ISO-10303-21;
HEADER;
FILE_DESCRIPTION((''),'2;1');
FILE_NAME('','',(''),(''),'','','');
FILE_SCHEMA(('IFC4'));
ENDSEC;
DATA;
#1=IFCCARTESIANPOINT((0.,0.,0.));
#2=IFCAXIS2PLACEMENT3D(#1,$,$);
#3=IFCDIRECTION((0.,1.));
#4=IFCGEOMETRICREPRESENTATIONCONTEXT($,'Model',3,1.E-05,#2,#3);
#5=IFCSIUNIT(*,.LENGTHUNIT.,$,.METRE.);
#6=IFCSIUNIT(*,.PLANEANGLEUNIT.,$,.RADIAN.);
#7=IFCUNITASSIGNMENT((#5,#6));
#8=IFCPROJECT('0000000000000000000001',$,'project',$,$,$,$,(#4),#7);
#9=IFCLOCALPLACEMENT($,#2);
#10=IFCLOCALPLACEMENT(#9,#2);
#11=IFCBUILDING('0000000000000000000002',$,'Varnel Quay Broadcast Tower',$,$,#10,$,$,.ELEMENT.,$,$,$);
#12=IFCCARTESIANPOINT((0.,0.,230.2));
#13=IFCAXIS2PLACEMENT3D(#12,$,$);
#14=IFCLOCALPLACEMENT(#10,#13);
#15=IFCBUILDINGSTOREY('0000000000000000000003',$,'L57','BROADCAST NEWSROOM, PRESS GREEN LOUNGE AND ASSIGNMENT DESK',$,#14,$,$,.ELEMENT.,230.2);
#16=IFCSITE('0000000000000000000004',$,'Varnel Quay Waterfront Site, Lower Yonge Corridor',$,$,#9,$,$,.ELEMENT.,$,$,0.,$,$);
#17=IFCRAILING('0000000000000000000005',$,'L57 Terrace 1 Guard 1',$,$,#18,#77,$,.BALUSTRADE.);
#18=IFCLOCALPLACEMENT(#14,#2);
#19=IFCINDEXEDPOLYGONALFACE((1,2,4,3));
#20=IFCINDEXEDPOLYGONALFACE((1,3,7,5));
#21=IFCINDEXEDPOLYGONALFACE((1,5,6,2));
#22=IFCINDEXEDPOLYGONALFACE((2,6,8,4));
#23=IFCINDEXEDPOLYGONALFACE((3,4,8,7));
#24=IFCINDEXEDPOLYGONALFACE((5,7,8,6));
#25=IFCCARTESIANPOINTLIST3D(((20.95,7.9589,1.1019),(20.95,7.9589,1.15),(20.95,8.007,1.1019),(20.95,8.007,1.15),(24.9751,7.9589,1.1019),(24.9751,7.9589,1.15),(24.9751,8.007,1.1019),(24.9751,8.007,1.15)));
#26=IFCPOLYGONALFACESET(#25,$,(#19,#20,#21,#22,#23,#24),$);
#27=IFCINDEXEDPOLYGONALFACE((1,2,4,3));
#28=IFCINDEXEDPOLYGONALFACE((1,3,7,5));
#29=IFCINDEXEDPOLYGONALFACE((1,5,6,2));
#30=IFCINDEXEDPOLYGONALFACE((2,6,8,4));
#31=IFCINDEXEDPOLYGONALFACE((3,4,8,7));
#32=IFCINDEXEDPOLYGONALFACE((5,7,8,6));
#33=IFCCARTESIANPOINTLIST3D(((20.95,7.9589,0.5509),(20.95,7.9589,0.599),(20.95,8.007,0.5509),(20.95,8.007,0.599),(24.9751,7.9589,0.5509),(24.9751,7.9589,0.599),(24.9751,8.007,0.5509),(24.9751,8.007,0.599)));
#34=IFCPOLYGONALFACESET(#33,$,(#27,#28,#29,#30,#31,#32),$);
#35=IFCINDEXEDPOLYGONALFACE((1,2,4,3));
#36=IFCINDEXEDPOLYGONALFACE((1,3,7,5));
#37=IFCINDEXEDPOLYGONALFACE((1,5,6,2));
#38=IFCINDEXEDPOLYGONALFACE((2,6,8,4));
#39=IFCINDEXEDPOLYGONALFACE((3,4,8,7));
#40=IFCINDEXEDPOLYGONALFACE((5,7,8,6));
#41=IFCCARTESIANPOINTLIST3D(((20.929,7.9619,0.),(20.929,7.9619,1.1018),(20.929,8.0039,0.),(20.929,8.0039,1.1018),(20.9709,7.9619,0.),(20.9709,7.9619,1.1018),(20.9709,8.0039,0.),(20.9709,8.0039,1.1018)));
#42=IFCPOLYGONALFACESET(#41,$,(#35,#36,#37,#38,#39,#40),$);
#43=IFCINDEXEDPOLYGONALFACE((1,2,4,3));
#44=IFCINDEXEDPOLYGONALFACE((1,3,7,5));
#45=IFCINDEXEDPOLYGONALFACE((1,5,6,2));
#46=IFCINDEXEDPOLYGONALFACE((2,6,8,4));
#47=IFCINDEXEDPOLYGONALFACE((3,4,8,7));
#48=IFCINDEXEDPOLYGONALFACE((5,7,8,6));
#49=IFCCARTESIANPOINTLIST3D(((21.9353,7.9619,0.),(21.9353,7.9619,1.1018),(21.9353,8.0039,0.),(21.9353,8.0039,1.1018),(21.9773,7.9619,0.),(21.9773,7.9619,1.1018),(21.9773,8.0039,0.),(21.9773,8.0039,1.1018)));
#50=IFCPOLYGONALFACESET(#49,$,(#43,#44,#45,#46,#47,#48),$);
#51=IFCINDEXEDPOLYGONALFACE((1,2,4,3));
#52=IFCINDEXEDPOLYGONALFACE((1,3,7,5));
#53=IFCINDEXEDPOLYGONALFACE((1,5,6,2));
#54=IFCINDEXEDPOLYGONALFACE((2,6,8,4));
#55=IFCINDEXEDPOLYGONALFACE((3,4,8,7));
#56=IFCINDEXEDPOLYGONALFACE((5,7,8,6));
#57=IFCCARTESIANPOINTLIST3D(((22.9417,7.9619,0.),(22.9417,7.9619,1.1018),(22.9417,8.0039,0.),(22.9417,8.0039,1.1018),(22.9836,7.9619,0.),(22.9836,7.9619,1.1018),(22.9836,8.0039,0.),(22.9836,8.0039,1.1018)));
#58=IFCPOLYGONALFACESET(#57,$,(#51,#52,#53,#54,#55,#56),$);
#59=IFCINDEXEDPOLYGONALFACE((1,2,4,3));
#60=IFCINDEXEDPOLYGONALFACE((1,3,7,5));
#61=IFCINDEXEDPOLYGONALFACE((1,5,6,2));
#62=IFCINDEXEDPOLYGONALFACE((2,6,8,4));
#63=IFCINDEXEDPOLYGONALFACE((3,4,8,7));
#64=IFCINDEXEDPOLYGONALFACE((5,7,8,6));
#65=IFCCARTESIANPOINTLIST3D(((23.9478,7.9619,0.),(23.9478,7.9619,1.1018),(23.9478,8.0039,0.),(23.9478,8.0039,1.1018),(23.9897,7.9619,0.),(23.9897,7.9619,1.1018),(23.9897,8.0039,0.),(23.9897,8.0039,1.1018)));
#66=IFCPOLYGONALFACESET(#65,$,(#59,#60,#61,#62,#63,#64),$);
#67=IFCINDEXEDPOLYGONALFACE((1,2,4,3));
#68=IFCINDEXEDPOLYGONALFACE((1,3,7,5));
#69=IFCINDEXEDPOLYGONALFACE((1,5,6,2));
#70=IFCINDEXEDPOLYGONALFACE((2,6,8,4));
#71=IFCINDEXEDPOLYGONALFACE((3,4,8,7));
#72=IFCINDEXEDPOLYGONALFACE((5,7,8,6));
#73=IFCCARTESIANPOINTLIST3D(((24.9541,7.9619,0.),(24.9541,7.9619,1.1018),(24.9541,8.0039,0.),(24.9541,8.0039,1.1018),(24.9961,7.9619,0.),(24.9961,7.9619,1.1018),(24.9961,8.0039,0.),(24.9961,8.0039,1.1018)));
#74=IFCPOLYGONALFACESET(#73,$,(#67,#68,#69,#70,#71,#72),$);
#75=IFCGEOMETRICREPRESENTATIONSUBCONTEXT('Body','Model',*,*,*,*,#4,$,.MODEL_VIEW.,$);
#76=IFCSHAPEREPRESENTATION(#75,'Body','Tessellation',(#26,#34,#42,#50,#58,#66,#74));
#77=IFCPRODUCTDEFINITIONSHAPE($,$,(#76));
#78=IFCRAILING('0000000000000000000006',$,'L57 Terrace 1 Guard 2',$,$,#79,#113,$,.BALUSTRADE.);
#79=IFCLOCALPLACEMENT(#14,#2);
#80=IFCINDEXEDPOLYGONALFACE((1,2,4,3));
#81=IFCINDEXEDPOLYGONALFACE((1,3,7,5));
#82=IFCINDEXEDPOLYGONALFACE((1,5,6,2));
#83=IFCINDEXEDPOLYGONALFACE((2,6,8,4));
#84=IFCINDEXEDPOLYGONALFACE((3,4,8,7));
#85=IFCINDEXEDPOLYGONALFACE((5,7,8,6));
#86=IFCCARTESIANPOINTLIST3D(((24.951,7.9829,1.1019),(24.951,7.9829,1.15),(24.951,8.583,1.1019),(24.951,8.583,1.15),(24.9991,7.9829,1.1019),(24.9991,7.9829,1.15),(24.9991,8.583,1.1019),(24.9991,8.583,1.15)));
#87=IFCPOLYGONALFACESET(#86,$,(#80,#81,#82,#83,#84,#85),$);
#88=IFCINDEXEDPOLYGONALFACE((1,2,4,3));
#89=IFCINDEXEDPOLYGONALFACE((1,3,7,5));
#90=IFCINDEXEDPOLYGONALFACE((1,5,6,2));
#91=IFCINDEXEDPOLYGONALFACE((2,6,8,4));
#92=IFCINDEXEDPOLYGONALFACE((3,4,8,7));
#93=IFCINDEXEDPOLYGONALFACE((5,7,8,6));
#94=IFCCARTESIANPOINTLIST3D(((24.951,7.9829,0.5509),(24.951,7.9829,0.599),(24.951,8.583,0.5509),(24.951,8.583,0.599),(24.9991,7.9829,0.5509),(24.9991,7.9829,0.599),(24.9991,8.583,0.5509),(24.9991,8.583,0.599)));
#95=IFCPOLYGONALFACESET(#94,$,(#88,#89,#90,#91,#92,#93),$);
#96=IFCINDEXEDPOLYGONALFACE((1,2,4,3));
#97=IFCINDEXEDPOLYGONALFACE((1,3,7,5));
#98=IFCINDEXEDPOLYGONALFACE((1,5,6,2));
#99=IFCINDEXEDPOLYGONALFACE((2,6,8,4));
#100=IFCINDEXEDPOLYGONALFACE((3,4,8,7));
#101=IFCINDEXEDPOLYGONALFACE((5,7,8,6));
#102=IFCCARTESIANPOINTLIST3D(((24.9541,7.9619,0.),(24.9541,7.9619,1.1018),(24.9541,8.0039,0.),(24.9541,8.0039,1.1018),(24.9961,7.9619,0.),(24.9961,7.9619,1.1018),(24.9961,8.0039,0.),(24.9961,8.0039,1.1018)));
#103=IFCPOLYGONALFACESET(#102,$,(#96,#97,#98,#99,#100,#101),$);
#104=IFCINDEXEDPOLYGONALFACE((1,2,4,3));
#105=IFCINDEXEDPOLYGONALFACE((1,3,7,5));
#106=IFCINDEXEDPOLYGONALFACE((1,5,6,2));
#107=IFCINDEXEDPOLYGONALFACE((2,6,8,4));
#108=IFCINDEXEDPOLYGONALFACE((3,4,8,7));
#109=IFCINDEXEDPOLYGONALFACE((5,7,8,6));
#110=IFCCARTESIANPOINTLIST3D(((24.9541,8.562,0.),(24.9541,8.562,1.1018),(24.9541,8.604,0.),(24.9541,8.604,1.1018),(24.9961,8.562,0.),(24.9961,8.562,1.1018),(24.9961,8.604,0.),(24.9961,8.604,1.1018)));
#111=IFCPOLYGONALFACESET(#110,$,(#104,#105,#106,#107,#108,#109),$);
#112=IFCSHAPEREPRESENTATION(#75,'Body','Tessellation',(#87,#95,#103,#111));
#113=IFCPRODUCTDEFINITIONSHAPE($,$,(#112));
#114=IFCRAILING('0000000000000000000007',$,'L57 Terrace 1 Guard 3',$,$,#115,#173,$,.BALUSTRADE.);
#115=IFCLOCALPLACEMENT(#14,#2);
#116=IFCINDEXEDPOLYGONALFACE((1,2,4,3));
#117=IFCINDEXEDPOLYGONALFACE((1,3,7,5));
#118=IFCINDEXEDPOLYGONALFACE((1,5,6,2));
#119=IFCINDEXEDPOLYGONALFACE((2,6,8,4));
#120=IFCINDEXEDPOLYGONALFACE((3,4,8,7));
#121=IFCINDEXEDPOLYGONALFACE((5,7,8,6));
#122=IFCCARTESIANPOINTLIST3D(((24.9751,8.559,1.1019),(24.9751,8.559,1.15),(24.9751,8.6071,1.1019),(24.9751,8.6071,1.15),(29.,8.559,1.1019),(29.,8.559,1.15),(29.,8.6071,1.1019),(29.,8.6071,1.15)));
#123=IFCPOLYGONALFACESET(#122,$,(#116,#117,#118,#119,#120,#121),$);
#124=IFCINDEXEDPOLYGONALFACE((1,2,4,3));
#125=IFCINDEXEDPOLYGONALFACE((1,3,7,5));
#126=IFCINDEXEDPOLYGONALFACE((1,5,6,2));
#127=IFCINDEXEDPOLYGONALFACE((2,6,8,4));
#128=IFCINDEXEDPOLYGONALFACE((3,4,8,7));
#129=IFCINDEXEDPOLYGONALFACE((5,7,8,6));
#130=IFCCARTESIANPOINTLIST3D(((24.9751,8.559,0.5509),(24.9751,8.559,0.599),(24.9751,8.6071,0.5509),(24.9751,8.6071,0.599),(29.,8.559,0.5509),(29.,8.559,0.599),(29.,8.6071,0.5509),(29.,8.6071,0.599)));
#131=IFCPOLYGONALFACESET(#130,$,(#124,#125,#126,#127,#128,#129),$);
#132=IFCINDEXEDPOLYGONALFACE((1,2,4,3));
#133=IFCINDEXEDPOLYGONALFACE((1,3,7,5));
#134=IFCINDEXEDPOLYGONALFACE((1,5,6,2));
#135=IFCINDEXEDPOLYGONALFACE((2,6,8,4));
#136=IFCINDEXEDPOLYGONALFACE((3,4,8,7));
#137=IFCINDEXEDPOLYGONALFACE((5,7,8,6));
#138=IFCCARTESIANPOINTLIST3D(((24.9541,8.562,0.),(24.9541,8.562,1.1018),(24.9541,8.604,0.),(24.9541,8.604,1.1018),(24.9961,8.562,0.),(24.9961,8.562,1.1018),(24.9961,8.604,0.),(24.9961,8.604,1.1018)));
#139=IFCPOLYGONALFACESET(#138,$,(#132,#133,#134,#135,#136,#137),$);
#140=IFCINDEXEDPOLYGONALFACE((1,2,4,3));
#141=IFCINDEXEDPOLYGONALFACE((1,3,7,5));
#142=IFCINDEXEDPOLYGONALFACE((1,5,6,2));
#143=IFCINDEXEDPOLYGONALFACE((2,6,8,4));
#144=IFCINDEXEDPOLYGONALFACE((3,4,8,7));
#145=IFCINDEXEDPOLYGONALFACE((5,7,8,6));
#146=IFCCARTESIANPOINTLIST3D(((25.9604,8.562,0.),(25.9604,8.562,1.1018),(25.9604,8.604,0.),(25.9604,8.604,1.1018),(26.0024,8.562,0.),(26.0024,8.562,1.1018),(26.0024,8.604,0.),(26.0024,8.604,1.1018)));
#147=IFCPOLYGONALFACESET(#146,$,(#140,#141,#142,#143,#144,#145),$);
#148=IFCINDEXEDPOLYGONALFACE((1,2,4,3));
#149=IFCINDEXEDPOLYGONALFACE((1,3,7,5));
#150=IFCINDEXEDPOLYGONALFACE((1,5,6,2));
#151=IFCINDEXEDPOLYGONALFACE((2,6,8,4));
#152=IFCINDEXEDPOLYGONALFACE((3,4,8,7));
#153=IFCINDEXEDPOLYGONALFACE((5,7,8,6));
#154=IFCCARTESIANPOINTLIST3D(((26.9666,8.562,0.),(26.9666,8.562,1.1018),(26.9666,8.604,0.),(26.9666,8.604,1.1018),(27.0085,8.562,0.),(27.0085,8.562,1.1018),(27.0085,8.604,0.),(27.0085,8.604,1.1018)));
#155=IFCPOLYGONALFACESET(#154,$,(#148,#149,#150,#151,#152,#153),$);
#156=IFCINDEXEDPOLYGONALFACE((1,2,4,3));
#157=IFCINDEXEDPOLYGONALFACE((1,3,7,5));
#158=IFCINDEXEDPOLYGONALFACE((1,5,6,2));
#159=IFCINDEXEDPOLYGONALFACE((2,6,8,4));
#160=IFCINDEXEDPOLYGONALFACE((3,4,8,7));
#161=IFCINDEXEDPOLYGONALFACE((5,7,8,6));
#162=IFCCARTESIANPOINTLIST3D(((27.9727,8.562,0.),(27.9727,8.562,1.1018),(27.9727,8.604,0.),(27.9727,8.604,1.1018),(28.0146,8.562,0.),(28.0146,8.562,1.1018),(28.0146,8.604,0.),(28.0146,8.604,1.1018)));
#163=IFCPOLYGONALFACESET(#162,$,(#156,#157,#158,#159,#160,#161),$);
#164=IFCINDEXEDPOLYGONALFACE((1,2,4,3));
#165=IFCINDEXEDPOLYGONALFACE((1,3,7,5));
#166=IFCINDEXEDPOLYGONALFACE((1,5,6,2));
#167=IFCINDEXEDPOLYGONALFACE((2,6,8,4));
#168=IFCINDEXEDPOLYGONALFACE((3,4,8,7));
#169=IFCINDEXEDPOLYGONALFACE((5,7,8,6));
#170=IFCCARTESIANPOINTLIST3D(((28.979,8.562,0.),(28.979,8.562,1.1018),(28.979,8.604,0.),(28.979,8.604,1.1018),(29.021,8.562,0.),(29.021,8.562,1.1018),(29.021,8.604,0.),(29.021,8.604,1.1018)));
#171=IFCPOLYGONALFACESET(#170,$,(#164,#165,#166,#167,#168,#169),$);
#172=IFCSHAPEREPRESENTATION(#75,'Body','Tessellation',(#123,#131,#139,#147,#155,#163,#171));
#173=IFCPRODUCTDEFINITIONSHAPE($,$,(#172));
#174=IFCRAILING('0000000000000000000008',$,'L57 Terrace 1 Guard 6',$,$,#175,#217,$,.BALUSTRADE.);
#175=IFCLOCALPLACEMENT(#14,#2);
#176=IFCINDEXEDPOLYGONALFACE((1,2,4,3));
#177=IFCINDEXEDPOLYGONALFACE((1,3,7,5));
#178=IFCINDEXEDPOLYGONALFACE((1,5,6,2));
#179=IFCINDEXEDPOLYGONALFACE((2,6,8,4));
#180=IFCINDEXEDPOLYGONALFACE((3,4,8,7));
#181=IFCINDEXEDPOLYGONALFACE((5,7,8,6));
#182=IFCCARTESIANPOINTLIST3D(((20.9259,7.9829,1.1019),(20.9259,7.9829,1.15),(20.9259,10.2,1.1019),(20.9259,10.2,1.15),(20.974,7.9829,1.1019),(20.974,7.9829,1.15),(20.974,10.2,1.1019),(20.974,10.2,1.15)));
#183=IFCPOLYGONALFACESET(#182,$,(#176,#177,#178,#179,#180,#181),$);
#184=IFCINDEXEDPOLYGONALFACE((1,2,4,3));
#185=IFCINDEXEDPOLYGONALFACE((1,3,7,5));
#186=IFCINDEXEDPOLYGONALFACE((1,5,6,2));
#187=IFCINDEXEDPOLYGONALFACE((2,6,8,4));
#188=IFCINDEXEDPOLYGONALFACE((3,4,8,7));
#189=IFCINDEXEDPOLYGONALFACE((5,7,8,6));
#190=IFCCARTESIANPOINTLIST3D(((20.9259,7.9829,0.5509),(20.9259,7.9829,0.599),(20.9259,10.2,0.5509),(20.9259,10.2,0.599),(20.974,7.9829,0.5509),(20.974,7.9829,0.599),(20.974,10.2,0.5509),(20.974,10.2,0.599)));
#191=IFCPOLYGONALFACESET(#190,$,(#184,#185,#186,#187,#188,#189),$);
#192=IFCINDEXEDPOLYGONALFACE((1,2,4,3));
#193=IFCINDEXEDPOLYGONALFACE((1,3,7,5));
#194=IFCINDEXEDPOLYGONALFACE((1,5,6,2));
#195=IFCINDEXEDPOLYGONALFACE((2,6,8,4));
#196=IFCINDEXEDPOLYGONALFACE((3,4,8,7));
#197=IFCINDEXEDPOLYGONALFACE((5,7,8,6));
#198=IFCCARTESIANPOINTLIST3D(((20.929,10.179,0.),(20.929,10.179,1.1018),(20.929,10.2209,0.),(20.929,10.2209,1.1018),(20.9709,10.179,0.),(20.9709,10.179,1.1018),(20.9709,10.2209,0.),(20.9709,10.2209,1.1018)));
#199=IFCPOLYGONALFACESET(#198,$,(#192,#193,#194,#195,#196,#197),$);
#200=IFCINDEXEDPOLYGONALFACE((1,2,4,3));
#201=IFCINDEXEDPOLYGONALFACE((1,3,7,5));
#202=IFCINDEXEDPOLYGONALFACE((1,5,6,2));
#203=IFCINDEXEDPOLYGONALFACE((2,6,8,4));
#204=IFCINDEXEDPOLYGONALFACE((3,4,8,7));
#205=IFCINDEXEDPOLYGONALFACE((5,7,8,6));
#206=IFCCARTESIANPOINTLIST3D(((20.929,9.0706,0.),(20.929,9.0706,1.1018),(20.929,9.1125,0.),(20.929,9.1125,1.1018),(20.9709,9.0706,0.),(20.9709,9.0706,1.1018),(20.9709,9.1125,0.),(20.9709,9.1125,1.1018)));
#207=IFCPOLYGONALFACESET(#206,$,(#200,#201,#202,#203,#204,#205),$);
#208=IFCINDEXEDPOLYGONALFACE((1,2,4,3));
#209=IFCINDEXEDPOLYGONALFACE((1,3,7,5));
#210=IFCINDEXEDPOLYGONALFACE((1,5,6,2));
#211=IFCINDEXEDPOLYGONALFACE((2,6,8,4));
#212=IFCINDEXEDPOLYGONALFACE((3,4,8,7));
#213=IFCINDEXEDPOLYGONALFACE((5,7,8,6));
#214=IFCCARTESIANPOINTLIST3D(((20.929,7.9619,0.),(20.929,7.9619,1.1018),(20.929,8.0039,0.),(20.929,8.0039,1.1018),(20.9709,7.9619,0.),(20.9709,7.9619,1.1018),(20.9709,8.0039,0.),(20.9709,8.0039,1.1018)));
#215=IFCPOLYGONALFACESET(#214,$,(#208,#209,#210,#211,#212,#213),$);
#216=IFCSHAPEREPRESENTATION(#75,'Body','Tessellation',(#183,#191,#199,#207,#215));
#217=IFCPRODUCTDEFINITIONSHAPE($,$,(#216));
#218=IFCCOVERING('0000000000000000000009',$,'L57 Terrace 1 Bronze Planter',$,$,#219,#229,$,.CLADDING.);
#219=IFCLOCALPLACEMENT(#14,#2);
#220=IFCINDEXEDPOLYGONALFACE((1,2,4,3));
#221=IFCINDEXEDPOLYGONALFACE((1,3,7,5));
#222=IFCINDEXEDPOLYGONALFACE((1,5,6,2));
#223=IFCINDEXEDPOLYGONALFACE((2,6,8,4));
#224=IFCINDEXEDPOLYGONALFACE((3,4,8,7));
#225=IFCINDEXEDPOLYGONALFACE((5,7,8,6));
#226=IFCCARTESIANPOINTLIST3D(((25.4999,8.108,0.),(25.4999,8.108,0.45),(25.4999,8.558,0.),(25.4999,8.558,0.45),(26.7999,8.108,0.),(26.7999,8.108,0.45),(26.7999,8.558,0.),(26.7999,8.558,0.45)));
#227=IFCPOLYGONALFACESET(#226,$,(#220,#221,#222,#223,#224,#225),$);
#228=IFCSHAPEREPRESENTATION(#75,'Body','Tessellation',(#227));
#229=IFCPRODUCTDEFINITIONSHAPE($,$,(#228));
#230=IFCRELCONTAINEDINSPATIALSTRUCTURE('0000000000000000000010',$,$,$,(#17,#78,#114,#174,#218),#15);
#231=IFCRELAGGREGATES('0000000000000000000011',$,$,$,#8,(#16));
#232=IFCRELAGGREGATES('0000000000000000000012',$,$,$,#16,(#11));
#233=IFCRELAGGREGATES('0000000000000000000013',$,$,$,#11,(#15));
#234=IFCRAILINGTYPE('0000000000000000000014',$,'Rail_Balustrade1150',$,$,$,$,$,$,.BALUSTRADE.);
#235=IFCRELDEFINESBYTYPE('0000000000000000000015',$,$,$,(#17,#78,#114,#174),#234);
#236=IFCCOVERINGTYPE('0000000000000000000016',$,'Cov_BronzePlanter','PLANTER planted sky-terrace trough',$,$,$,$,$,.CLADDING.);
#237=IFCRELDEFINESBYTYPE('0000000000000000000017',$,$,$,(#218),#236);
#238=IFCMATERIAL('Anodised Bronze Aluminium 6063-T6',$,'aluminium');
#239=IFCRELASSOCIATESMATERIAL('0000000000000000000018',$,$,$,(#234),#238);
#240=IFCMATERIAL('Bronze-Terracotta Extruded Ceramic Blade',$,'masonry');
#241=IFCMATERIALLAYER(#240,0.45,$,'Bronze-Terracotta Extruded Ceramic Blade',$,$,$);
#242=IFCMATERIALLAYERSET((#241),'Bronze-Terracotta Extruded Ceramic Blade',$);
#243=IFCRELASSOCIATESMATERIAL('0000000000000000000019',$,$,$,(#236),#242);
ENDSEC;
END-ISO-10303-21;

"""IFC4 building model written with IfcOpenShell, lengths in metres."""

from ifc_helpers import new_model, si_unit, direction, frame, origin, origin_2d, place, context, subcontext, project, spatial, rectangle, extrude, source, transform, mapped, material, layer, layer_set, type_object, type_shapes, element, save


model = new_model("IFC4")

# Units and contexts
model_context = context("Model", 3, precision=1e-05, world=origin(), true_north=direction((0.0, 1.0)))
body_context = subcontext(model_context, "Body", "Model", "MODEL_VIEW")
ifc_project = project(units=[si_unit("LENGTHUNIT", "METRE"), si_unit("PLANEANGLEUNIT", "RADIAN")], contexts=[model_context])

# Site, building, storey
site_placement = place(None, origin())
site = spatial("IfcSite", under=ifc_project, at=site_placement, Name="Varnel Quay Waterfront Site, Lower Yonge Corridor", CompositionType="ELEMENT", RefElevation=0.0)
building_placement = place(site_placement, origin())
building = spatial("IfcBuilding", under=site, at=building_placement, Name="Varnel Quay Broadcast Tower", CompositionType="ELEMENT")
storey_placement = place(building_placement, frame((0.0, 0.0, 230.2)))
storey = spatial("IfcBuildingStorey", under=building, at=storey_placement, Name="L57", Description="BROADCAST NEWSROOM, PRESS GREEN LOUNGE AND ASSIGNMENT DESK", CompositionType="ELEMENT", Elevation=230.2)

# Shared definitions
ifc_material_1 = material(Name="Anodised Bronze Aluminium 6063-T6", Category="aluminium")

# Railings
railing_type = type_object("IfcRailingType", Name="Rail_Balustrade1150", PredefinedType="BALUSTRADE", material=ifc_material_1)
railing_1_placement = place(storey_placement, frame((20.95, 7.9829, 0.0)))
element("IfcRailing", 1, at=railing_1_placement, inside=storey, type_object=railing_type, Name="L57 Terrace 1 Guard 1", PredefinedType="BALUSTRADE", context=body_context, shape_type="SweptSolid", body=[
    extrude(rectangle(XDim=0.0481, YDim=0.0481, at=origin_2d()), frame((0.0, 0.0, 1.126), z_axis=(1.0, 0.0, 0.0), x_axis=(0.0, 1.0, 0.0)), (0.0, 0.0, 1.0), 4.0251),
    extrude(rectangle(XDim=0.0481, YDim=0.0481, at=origin_2d()), frame((0.0, 0.0, 0.575), z_axis=(1.0, 0.0, 0.0), x_axis=(0.0, 1.0, 0.0)), (0.0, 0.0, 1.0), 4.0251),
    extrude(rectangle(XDim=0.042, YDim=0.042, at=origin_2d()), origin(), (0.0, 0.0, 1.0), 1.1018),
    extrude(rectangle(XDim=0.042, YDim=0.042, at=origin_2d()), frame((1.0063, 0.0, 0.0)), (0.0, 0.0, 1.0), 1.1018),
    extrude(rectangle(XDim=0.042, YDim=0.042, at=origin_2d()), frame((2.0127, 0.0, 0.0)), (0.0, 0.0, 1.0), 1.1018),
    extrude(rectangle(XDim=0.042, YDim=0.042, at=origin_2d()), frame((3.0188, 0.0, 0.0)), (0.0, 0.0, 1.0), 1.1018),
    extrude(rectangle(XDim=0.042, YDim=0.042, at=origin_2d()), frame((4.0251, 0.0, 0.0)), (0.0, 0.0, 1.0), 1.1018),
])
railing_2_placement = place(storey_placement, frame((24.9751, 7.9829, 0.0)))
element("IfcRailing", 2, at=railing_2_placement, inside=storey, type_object=railing_type, Name="L57 Terrace 1 Guard 2", PredefinedType="BALUSTRADE", context=body_context, shape_type="SweptSolid", body=[
    extrude(rectangle(XDim=0.0481, YDim=0.0481, at=origin_2d()), frame((0.0, 0.0, 1.126), z_axis=(0.0, 1.0, 0.0), x_axis=(-1.0, 0.0, 0.0)), (0.0, 0.0, 1.0), 0.6001),
    extrude(rectangle(XDim=0.0481, YDim=0.0481, at=origin_2d()), frame((0.0, 0.0, 0.575), z_axis=(0.0, 1.0, 0.0), x_axis=(-1.0, 0.0, 0.0)), (0.0, 0.0, 1.0), 0.6001),
    extrude(rectangle(XDim=0.042, YDim=0.042, at=origin_2d()), origin(), (0.0, 0.0, 1.0), 1.1018),
    extrude(rectangle(XDim=0.042, YDim=0.042, at=origin_2d()), frame((0.0, 0.6001, 0.0)), (0.0, 0.0, 1.0), 1.1018),
])
railing_3_placement = place(storey_placement, frame((24.9751, 8.583, 0.0)))
element("IfcRailing", 3, at=railing_3_placement, inside=storey, type_object=railing_type, Name="L57 Terrace 1 Guard 3", PredefinedType="BALUSTRADE", context=body_context, shape_type="SweptSolid", body=[
    extrude(rectangle(XDim=0.0481, YDim=0.0481, at=origin_2d()), frame((0.0, 0.0, 1.126), z_axis=(1.0, 0.0, 0.0), x_axis=(0.0, 1.0, 0.0)), (0.0, 0.0, 1.0), 4.0249),
    extrude(rectangle(XDim=0.0481, YDim=0.0481, at=origin_2d()), frame((0.0, 0.0, 0.575), z_axis=(1.0, 0.0, 0.0), x_axis=(0.0, 1.0, 0.0)), (0.0, 0.0, 1.0), 4.0249),
    extrude(rectangle(XDim=0.042, YDim=0.042, at=origin_2d()), origin(), (0.0, 0.0, 1.0), 1.1018),
    extrude(rectangle(XDim=0.042, YDim=0.042, at=origin_2d()), frame((1.0063, 0.0, 0.0)), (0.0, 0.0, 1.0), 1.1018),
    extrude(rectangle(XDim=0.042, YDim=0.042, at=origin_2d()), frame((2.0125, 0.0, 0.0)), (0.0, 0.0, 1.0), 1.1018),
    extrude(rectangle(XDim=0.042, YDim=0.042, at=origin_2d()), frame((3.0186, 0.0, 0.0)), (0.0, 0.0, 1.0), 1.1018),
    extrude(rectangle(XDim=0.042, YDim=0.042, at=origin_2d()), frame((4.0249, 0.0, 0.0)), (0.0, 0.0, 1.0), 1.1018),
])
railing_4_placement = place(storey_placement, frame((20.95, 10.2, 0.0)))
element("IfcRailing", 4, at=railing_4_placement, inside=storey, type_object=railing_type, Name="L57 Terrace 1 Guard 6", PredefinedType="BALUSTRADE", context=body_context, shape_type="SweptSolid", body=[
    extrude(rectangle(XDim=0.0481, YDim=0.0481, at=origin_2d()), frame((0.0, 0.0, 1.126), z_axis=(0.0, -1.0, 0.0), x_axis=(1.0, 0.0, 0.0)), (0.0, 0.0, 1.0), 2.217),
    extrude(rectangle(XDim=0.0481, YDim=0.0481, at=origin_2d()), frame((0.0, 0.0, 0.575), z_axis=(0.0, -1.0, 0.0), x_axis=(1.0, 0.0, 0.0)), (0.0, 0.0, 1.0), 2.217),
    extrude(rectangle(XDim=0.042, YDim=0.042, at=origin_2d()), origin(), (0.0, 0.0, 1.0), 1.1018),
    extrude(rectangle(XDim=0.042, YDim=0.042, at=origin_2d()), frame((0.0, -1.1084, 0.0)), (0.0, 0.0, 1.0), 1.1018),
    extrude(rectangle(XDim=0.042, YDim=0.042, at=origin_2d()), frame((0.0, -2.217, 0.0)), (0.0, 0.0, 1.0), 1.1018),
])

# Covering
ifc_material_2 = material(Name="Bronze-Terracotta Extruded Ceramic Blade", Category="masonry")
ifc_layer_1 = layer(ifc_material_2, 0.45, Name="Bronze-Terracotta Extruded Ceramic Blade")
ifc_layer_set_1 = layer_set([ifc_layer_1], Name="Bronze-Terracotta Extruded Ceramic Blade")
covering_type = type_object("IfcCoveringType", Name="Cov_BronzePlanter", Description="PLANTER planted sky-terrace trough", PredefinedType="CLADDING", material=ifc_layer_set_1)
shared_shape_1 = source(origin(), body_context, "Body", "SweptSolid", [
    extrude(rectangle(XDim=1.3, YDim=0.45, at=origin_2d()), origin(), (0.0, 0.0, 1.0), 0.45),
])
type_shapes(covering_type, [shared_shape_1])
covering_placement = place(storey_placement, frame((26.1499, 8.333, 0.0), z_axis=(0.0, 0.0, 1.0), x_axis=(1.0, 0.0, 0.0)))
element("IfcCovering", 5, at=covering_placement, inside=storey, type_object=covering_type, Name="L57 Terrace 1 Bronze Planter", PredefinedType="CLADDING", context=body_context, shape_type="MappedRepresentation", body=[
    mapped(shared_shape_1, transform((0.0, 0.0, 0.0), x_axis=(1.0, 0.0, 0.0), y_axis=(0.0, 1.0, 0.0), z_axis=(0.0, 0.0, 1.0), scale=1.0)),
])

save(model, "model.ifc")
